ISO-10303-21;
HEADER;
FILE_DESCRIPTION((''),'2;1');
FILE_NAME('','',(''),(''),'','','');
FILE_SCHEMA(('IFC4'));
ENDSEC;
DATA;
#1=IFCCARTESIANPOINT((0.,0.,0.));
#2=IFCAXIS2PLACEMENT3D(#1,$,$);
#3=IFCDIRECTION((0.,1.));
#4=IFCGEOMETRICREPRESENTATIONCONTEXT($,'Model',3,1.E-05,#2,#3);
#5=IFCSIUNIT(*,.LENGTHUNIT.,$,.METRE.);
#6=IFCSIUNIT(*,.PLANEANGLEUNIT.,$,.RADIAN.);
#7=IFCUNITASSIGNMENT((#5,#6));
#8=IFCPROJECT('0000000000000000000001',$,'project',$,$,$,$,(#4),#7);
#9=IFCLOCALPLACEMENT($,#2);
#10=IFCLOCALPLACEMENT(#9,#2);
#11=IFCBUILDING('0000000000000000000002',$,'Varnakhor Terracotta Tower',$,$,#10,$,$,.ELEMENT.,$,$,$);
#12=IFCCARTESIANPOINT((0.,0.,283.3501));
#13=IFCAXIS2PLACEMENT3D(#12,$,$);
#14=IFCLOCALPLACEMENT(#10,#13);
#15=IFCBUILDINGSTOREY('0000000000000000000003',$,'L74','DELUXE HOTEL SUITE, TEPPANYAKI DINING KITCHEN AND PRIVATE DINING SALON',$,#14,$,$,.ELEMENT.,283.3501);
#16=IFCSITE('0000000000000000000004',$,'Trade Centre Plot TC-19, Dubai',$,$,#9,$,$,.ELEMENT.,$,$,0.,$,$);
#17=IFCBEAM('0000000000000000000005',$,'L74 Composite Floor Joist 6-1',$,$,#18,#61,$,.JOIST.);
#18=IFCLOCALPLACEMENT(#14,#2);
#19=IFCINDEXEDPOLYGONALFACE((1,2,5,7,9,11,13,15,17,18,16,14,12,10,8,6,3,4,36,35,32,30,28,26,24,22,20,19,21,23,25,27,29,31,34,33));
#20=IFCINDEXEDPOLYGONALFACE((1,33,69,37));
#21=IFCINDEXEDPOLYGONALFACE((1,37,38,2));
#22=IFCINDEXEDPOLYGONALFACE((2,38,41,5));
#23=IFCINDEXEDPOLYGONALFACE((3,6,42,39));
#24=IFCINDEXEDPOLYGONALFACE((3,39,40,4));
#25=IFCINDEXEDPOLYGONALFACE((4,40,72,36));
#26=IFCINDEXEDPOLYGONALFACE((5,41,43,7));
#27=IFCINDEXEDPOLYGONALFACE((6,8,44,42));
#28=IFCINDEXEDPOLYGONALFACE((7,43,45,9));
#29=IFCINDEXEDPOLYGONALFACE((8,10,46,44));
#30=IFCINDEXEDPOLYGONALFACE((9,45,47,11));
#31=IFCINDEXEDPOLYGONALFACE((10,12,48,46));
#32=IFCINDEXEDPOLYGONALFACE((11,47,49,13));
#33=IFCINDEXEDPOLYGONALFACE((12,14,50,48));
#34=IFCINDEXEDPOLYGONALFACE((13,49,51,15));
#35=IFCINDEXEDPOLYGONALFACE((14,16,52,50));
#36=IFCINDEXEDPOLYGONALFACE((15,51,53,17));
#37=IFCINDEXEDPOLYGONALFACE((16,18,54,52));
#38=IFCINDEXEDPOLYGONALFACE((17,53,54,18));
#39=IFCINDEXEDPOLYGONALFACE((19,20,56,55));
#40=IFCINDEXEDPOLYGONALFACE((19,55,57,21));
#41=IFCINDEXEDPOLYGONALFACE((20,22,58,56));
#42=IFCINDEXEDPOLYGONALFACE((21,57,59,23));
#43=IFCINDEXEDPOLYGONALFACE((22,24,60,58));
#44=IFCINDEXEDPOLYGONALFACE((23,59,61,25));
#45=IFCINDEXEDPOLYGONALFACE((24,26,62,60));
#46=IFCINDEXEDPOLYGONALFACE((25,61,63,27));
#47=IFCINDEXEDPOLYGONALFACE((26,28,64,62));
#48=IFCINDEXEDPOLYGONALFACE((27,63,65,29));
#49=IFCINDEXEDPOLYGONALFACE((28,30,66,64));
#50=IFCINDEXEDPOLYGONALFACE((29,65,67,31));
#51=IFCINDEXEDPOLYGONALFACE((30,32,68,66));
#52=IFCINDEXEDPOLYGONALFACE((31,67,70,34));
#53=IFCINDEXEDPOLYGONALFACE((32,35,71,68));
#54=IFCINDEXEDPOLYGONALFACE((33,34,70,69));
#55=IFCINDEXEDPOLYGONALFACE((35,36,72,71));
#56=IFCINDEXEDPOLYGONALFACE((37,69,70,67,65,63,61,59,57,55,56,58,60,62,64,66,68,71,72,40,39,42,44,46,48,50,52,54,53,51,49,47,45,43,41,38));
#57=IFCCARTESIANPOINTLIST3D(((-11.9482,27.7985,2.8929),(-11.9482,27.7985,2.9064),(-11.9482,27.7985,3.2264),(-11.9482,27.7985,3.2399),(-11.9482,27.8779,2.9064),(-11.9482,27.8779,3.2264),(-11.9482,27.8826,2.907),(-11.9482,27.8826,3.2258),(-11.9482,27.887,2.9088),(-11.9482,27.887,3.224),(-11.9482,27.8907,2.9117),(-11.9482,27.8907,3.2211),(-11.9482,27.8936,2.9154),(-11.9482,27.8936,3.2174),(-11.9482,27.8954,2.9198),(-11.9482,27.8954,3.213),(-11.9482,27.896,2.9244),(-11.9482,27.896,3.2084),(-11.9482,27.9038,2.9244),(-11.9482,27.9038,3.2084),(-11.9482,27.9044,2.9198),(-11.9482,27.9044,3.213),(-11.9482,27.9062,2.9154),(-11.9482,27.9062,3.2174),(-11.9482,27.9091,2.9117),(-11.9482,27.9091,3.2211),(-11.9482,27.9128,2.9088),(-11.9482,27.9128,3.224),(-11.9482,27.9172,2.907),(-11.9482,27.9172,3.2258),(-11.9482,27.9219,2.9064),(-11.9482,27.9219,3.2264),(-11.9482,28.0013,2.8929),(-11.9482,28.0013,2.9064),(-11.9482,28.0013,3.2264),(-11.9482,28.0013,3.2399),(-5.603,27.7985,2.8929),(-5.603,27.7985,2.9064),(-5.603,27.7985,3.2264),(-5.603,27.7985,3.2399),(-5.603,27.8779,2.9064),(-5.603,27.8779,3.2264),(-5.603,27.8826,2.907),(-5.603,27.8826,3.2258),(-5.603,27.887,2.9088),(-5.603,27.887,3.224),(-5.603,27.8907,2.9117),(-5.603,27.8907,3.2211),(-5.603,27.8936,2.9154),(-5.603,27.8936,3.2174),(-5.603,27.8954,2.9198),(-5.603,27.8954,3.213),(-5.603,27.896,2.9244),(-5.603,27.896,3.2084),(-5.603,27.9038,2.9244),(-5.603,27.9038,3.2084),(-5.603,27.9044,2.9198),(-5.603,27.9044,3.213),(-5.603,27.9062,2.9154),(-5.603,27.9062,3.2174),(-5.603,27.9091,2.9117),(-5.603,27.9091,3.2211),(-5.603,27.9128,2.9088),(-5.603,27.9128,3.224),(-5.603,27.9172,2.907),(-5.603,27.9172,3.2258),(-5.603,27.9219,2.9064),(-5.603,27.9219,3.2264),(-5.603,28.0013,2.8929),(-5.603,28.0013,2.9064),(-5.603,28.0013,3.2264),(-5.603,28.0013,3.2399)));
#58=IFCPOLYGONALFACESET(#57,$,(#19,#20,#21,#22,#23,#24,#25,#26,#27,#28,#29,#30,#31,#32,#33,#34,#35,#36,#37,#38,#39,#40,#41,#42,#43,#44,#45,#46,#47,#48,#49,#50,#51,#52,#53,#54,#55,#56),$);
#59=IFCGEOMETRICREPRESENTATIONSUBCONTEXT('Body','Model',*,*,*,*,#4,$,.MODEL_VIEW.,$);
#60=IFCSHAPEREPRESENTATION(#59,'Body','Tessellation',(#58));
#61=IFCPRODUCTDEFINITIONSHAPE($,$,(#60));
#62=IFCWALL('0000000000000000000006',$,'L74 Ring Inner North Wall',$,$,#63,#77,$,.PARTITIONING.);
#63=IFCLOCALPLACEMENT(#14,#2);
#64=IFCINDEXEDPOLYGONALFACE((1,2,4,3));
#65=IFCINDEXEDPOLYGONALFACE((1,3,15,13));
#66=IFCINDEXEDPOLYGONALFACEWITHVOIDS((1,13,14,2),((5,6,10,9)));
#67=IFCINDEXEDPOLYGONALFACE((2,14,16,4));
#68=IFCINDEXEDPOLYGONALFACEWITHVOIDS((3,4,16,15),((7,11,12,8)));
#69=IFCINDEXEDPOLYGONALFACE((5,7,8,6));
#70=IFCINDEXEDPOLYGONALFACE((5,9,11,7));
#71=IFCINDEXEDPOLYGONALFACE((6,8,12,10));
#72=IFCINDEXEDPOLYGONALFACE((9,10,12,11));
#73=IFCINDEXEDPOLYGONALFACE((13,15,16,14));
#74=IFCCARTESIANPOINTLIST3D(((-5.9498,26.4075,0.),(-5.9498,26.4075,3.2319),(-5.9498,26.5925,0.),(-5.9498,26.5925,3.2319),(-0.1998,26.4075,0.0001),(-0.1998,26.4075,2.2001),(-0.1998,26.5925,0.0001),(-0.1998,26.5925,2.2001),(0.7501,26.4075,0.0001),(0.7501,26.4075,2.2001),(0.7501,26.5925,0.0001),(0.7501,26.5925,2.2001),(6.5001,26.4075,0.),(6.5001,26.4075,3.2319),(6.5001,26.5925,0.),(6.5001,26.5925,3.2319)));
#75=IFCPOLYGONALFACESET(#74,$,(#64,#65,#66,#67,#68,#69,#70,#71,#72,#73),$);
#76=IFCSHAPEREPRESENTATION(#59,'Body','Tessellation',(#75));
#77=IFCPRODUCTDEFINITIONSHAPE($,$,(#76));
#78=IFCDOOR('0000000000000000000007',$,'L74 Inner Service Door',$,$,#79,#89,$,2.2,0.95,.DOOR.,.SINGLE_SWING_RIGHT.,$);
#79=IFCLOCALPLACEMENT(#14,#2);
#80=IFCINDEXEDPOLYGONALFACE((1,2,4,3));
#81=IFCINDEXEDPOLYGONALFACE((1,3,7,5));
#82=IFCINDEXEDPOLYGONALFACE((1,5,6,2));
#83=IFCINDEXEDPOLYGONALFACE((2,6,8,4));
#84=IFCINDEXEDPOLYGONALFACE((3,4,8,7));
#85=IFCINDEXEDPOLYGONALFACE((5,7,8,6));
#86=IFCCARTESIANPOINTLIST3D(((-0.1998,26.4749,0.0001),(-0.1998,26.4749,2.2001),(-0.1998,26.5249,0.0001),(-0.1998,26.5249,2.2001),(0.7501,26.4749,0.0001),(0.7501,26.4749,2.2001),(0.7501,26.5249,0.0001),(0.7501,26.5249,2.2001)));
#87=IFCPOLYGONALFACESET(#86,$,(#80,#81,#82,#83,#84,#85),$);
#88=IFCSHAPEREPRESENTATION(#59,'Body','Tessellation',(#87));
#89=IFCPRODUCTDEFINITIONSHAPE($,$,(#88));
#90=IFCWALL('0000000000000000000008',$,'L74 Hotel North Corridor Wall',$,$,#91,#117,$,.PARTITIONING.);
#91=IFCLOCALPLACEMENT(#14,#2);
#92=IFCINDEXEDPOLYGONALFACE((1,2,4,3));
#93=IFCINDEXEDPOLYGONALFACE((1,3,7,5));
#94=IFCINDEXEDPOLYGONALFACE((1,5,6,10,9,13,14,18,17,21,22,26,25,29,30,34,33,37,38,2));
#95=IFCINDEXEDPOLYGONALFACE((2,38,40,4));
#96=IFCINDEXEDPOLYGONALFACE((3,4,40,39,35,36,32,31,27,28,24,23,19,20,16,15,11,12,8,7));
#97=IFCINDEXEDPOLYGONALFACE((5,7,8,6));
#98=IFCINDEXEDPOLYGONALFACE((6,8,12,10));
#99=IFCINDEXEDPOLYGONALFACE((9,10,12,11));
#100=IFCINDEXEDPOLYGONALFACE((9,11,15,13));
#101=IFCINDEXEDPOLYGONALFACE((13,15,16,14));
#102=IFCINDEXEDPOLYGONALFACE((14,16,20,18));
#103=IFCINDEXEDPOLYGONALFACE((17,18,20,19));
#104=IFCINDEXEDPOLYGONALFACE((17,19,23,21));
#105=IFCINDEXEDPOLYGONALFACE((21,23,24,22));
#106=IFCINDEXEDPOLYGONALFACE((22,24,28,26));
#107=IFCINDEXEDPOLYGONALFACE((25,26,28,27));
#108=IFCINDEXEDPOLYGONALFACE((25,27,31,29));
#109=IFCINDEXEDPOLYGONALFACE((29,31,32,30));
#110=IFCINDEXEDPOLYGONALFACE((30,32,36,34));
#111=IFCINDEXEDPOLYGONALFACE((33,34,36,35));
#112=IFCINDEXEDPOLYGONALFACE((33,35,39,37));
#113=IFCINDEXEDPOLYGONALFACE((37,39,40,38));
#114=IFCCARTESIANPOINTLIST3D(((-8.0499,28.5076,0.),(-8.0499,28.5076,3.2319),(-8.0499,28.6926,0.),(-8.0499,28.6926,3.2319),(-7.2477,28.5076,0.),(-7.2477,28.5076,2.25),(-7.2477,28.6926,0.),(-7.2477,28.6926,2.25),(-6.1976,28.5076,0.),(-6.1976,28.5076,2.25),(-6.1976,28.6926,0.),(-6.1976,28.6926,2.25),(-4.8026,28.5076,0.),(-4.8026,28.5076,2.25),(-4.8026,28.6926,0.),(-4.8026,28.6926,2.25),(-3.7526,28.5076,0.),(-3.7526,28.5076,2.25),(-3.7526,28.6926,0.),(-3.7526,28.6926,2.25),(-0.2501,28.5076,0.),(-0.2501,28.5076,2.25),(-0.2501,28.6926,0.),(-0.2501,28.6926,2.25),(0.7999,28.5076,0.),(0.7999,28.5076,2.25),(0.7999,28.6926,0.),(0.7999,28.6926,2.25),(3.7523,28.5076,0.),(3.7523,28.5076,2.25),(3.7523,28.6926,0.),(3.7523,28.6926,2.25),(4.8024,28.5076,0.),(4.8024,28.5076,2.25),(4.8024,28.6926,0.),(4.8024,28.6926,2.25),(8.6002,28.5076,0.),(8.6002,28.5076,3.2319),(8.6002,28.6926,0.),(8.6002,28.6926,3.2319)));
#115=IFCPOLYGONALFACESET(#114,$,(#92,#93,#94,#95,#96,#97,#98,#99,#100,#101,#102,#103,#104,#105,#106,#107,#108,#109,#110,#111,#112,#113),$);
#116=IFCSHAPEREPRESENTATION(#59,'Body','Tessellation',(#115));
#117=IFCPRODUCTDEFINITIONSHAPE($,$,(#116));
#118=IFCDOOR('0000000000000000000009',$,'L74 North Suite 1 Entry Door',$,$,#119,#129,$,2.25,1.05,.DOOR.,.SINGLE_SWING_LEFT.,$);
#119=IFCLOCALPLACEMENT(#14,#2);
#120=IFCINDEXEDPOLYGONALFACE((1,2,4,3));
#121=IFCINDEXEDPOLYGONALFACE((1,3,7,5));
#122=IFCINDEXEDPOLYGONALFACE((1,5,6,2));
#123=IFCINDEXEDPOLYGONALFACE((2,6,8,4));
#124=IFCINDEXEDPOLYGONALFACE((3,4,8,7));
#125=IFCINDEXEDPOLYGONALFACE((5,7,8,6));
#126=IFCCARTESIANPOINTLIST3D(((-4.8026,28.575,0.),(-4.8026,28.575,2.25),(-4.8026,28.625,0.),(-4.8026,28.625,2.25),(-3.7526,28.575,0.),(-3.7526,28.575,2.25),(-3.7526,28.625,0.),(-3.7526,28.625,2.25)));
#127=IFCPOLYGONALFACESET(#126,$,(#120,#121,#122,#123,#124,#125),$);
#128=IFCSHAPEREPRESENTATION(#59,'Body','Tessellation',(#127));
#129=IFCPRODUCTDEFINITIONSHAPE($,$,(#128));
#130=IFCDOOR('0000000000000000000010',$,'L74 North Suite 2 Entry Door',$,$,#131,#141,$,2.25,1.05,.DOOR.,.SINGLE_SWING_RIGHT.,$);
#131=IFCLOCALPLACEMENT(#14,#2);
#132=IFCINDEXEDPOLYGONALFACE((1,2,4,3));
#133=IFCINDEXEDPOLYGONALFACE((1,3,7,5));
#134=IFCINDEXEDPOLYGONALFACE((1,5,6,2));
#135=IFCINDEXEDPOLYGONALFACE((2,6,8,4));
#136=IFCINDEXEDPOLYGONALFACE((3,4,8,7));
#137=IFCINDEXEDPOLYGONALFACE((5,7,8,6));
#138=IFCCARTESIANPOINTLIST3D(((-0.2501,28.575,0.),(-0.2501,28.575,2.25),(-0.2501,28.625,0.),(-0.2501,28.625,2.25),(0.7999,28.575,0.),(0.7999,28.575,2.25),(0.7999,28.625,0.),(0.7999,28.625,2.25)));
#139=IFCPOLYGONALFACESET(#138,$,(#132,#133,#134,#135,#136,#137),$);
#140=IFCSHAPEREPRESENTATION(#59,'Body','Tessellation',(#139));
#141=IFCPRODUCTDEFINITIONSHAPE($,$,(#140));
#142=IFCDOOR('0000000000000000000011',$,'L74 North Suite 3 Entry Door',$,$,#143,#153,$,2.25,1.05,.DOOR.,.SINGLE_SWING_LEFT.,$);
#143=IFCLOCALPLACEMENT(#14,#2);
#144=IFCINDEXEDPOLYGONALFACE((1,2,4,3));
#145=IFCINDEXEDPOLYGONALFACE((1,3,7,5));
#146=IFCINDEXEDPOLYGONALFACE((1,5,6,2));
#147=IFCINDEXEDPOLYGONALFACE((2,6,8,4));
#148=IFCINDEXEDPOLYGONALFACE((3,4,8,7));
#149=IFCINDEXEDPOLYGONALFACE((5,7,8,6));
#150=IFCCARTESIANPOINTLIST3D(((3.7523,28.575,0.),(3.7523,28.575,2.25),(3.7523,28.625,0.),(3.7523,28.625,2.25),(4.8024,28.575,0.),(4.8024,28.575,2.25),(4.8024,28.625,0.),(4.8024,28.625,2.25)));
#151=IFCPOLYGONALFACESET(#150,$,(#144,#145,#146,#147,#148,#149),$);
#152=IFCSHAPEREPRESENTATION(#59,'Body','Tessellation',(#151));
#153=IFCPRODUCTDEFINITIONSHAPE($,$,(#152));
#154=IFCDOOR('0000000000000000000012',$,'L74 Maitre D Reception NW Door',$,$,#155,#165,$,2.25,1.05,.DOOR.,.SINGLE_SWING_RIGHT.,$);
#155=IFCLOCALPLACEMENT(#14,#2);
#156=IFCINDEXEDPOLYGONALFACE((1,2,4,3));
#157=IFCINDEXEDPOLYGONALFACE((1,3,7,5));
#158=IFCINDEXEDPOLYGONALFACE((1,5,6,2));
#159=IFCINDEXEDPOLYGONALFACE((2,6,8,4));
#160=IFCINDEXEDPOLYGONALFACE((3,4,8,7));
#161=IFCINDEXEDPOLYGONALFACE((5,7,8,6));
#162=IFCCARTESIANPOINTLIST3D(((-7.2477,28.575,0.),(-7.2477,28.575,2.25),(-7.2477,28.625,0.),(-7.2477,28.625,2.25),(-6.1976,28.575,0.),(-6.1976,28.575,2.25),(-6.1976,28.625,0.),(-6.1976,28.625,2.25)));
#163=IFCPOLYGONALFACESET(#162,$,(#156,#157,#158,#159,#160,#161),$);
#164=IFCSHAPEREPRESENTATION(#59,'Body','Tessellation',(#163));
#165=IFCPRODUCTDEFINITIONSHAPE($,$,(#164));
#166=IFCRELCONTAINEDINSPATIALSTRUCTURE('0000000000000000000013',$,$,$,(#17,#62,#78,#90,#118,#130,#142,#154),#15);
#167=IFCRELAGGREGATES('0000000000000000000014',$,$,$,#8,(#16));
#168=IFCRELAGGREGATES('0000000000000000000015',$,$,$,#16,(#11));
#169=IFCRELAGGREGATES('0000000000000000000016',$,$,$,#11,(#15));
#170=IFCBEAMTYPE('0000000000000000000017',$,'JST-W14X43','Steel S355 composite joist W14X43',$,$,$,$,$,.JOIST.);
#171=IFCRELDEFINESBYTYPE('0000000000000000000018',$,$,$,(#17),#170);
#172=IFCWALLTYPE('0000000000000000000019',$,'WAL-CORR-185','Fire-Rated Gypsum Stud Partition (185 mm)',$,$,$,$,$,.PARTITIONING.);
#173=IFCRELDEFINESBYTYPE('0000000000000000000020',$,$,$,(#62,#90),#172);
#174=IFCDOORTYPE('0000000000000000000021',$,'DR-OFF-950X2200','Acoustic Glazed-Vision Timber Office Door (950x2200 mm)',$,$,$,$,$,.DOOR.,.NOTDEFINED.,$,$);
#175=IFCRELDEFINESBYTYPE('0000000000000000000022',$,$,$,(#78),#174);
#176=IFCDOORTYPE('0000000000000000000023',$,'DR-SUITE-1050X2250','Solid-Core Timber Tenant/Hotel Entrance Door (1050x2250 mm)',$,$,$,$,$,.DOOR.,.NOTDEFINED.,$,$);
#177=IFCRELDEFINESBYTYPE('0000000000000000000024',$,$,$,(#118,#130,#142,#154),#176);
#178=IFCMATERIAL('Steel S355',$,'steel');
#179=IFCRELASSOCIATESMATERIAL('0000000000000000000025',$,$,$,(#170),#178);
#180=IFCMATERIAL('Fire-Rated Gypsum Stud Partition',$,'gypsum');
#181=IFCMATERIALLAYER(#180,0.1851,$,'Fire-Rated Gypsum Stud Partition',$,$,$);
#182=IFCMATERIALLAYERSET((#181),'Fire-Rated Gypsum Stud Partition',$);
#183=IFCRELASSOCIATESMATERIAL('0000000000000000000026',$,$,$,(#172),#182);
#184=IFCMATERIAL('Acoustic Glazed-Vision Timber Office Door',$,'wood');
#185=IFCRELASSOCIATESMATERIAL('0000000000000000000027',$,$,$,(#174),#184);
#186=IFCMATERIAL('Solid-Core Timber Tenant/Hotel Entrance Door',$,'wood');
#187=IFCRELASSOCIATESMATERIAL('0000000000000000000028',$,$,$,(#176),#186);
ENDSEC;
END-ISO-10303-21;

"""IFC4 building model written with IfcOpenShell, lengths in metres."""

from ifc_helpers import new_model, si_unit, direction, frame, frame_2d, origin, origin_2d, place, context, subcontext, project, spatial, rectangle, i_section, extrude, source, transform, mapped, material, layer, layer_set, material_profile, profile_set, type_object, type_shapes, element, fill, save


model = new_model("IFC4")

# Units and contexts
model_context = context("Model", 3, precision=1e-05, world=origin(), true_north=direction((0.0, 1.0)))
body_context = subcontext(model_context, "Body", "Model", "MODEL_VIEW")
ifc_project = project(units=[si_unit("LENGTHUNIT", "METRE"), si_unit("PLANEANGLEUNIT", "RADIAN")], contexts=[model_context])

# Site, building, storey
site_placement = place(None, origin())
site = spatial("IfcSite", under=ifc_project, at=site_placement, Name="Trade Centre Plot TC-19, Dubai", CompositionType="ELEMENT", RefElevation=0.0)
building_placement = place(site_placement, origin())
building = spatial("IfcBuilding", under=site, at=building_placement, Name="Varnakhor Terracotta Tower", CompositionType="ELEMENT")
storey_placement = place(building_placement, frame((0.0, 0.0, 283.3501)))
storey = spatial("IfcBuildingStorey", under=building, at=storey_placement, Name="L74", Description="DELUXE HOTEL SUITE, TEPPANYAKI DINING KITCHEN AND PRIVATE DINING SALON", CompositionType="ELEMENT", Elevation=283.3501)

# Beam
ifc_material_1 = material(Name="Steel S355", Category="steel")
ifc_material_profile_1 = material_profile(ifc_material_1, i_section(OverallWidth=0.2029, OverallDepth=0.3469, WebThickness=0.0078, FlangeThickness=0.0134, FilletRadius=0.0181, at=origin_2d()), Name="W14X43")
ifc_profile_set_1 = profile_set([ifc_material_profile_1], Name="Steel S355")
beam_type_1 = type_object("IfcBeamType", Name="JST-W14X43", Description="Steel S355 composite joist W14X43", PredefinedType="JOIST", material=ifc_profile_set_1)
shared_shape_1 = source(origin(), body_context, "Body", "SweptSolid", [
    extrude(i_section(OverallWidth=0.2029, OverallDepth=0.3469, WebThickness=0.0078, FlangeThickness=0.0134, FilletRadius=0.0181, at=origin_2d()), origin(), (0.0, 0.0, 1.0), 6.3452),
])
beam_1_placement = place(storey_placement, frame((-11.9482, 27.8999, 3.0664), z_axis=(1.0, 0.0, 0.0), x_axis=(0.0, 1.0, 0.0)))
element("IfcBeam", 1, at=beam_1_placement, inside=storey, type_object=beam_type_1, Name="L74 Composite Floor Joist 6-1", PredefinedType="JOIST", context=body_context, shape_type="MappedRepresentation", body=[
    mapped(shared_shape_1, transform((0.0, 0.0, 0.0), scale=1.0)),
])

# Wall, opening, door
ifc_material_2 = material(Name="Fire-Rated Gypsum Stud Partition", Category="gypsum")
ifc_layer_1 = layer(ifc_material_2, 0.1851, Name="Fire-Rated Gypsum Stud Partition")
ifc_layer_set_1 = layer_set([ifc_layer_1], Name="Fire-Rated Gypsum Stud Partition")
wall_type_1 = type_object("IfcWallType", Name="WAL-CORR-185", Description="Fire-Rated Gypsum Stud Partition (185 mm)", PredefinedType="PARTITIONING", material=ifc_layer_set_1)
wall_1_placement = place(storey_placement, frame((-5.95, 26.5, 0.0), z_axis=(0.0, 0.0, 1.0), x_axis=(1.0, 0.0, 0.0)))
wall_1 = element("IfcWall", 2, at=wall_1_placement, inside=storey, type_object=wall_type_1, Name="L74 Ring Inner North Wall", PredefinedType="PARTITIONING", context=body_context, shape_type="SweptSolid", body=[
    extrude(rectangle(XDim=12.45, YDim=0.1851, at=frame_2d((6.2251, 0.0))), origin(), (0.0, 0.0, 1.0), 3.2319),
])
opening_1_placement = place(wall_1_placement, frame((5.75, 0.0, 0.0)))
opening_1 = element("IfcOpeningElement", 3, at=opening_1_placement, cuts=wall_1, PredefinedType="OPENING", context=body_context, shape_type="SweptSolid", body=[
    extrude(rectangle(XDim=0.95, YDim=2.2, at=frame_2d((0.4751, 1.1001))), frame((0.0, 0.1025, 0.0), z_axis=(0.0, -1.0, 0.0), x_axis=(1.0, 0.0, 0.0)), (0.0, 0.0, 1.0), 0.2051),
])
ifc_material_3 = material(Name="Acoustic Glazed-Vision Timber Office Door", Category="wood")
door_type_1 = type_object("IfcDoorType", Name="DR-OFF-950X2200", Description="Acoustic Glazed-Vision Timber Office Door (950x2200 mm)", OperationType="NOTDEFINED", PredefinedType="DOOR", material=ifc_material_3)
shared_shape_2 = source(origin(), body_context, "Body", "SweptSolid", [
    extrude(rectangle(XDim=0.95, YDim=2.2, at=frame_2d((0.4751, 1.1001))), frame((0.0, 0.0249, 0.0), z_axis=(0.0, -1.0, 0.0), x_axis=(1.0, 0.0, 0.0)), (0.0, 0.0, 1.0), 0.05),
])
type_shapes(door_type_1, [shared_shape_2])
door_1_placement = place(opening_1_placement, origin())
door_1 = element("IfcDoor", 4, at=door_1_placement, inside=storey, type_object=door_type_1, Name="L74 Inner Service Door", OperationType="SINGLE_SWING_RIGHT", OverallHeight=2.2, OverallWidth=0.95, PredefinedType="DOOR", context=body_context, shape_type="MappedRepresentation", body=[
    mapped(shared_shape_2, transform((0.0, 0.0, 0.0), scale=1.0)),
])
fill(opening_1, door_1)

# Wall, openings, doors
wall_2_placement = place(storey_placement, frame((-8.05, 28.6001, 0.0), z_axis=(0.0, 0.0, 1.0), x_axis=(1.0, 0.0, 0.0)))
wall_2 = element("IfcWall", 5, at=wall_2_placement, inside=storey, type_object=wall_type_1, Name="L74 Hotel North Corridor Wall", PredefinedType="PARTITIONING", context=body_context, shape_type="SweptSolid", body=[
    extrude(rectangle(XDim=16.6501, YDim=0.1851, at=frame_2d((8.3252, 0.0))), origin(), (0.0, 0.0, 1.0), 3.2319),
])
opening_2_placement = place(wall_2_placement, frame((3.2476, 0.0, 0.0)))
opening_2 = element("IfcOpeningElement", 6, at=opening_2_placement, cuts=wall_2, PredefinedType="OPENING", context=body_context, shape_type="SweptSolid", body=[
    extrude(rectangle(XDim=1.05, YDim=2.25, at=frame_2d((0.5249, 1.125))), frame((0.0, 0.1025, 0.0), z_axis=(0.0, -1.0, 0.0), x_axis=(1.0, 0.0, 0.0)), (0.0, 0.0, 1.0), 0.2051),
])
opening_3_placement = place(wall_2_placement, frame((7.8, 0.0, 0.0)))
opening_3 = element("IfcOpeningElement", 7, at=opening_3_placement, cuts=wall_2, PredefinedType="OPENING", context=body_context, shape_type="SweptSolid", body=[
    extrude(rectangle(XDim=1.05, YDim=2.25, at=frame_2d((0.5249, 1.125))), frame((0.0, 0.1025, 0.0), z_axis=(0.0, -1.0, 0.0), x_axis=(1.0, 0.0, 0.0)), (0.0, 0.0, 1.0), 0.2051),
])
opening_4_placement = place(wall_2_placement, frame((11.8025, 0.0, 0.0)))
opening_4 = element("IfcOpeningElement", 8, at=opening_4_placement, cuts=wall_2, PredefinedType="OPENING", context=body_context, shape_type="SweptSolid", body=[
    extrude(rectangle(XDim=1.05, YDim=2.25, at=frame_2d((0.5249, 1.125))), frame((0.0, 0.1025, 0.0), z_axis=(0.0, -1.0, 0.0), x_axis=(1.0, 0.0, 0.0)), (0.0, 0.0, 1.0), 0.2051),
])
opening_5_placement = place(wall_2_placement, frame((0.8025, 0.0, 0.0)))
opening_5 = element("IfcOpeningElement", 9, at=opening_5_placement, cuts=wall_2, PredefinedType="OPENING", context=body_context, shape_type="SweptSolid", body=[
    extrude(rectangle(XDim=1.05, YDim=2.25, at=frame_2d((0.5249, 1.125))), frame((0.0, 0.1025, 0.0), z_axis=(0.0, -1.0, 0.0), x_axis=(1.0, 0.0, 0.0)), (0.0, 0.0, 1.0), 0.2051),
])
ifc_material_4 = material(Name="Solid-Core Timber Tenant/Hotel Entrance Door", Category="wood")
door_type_2 = type_object("IfcDoorType", Name="DR-SUITE-1050X2250", Description="Solid-Core Timber Tenant/Hotel Entrance Door (1050x2250 mm)", OperationType="NOTDEFINED", PredefinedType="DOOR", material=ifc_material_4)
shared_shape_3 = source(origin(), body_context, "Body", "SweptSolid", [
    extrude(rectangle(XDim=1.05, YDim=2.25, at=frame_2d((0.5249, 1.125))), frame((0.0, 0.0249, 0.0), z_axis=(0.0, -1.0, 0.0), x_axis=(1.0, 0.0, 0.0)), (0.0, 0.0, 1.0), 0.05),
])
type_shapes(door_type_2, [shared_shape_3])
door_2_placement = place(opening_2_placement, origin())
door_2 = element("IfcDoor", 10, at=door_2_placement, inside=storey, type_object=door_type_2, Name="L74 North Suite 1 Entry Door", OperationType="SINGLE_SWING_LEFT", OverallHeight=2.25, OverallWidth=1.05, PredefinedType="DOOR", context=body_context, shape_type="MappedRepresentation", body=[
    mapped(shared_shape_3, transform((0.0, 0.0, 0.0), scale=1.0)),
])
fill(opening_2, door_2)
door_3_placement = place(opening_3_placement, origin())
door_3 = element("IfcDoor", 11, at=door_3_placement, inside=storey, type_object=door_type_2, Name="L74 North Suite 2 Entry Door", OperationType="SINGLE_SWING_RIGHT", OverallHeight=2.25, OverallWidth=1.05, PredefinedType="DOOR", context=body_context, shape_type="MappedRepresentation", body=[
    mapped(shared_shape_3, transform((0.0, 0.0, 0.0), scale=1.0)),
])
fill(opening_3, door_3)
door_4_placement = place(opening_4_placement, origin())
door_4 = element("IfcDoor", 12, at=door_4_placement, inside=storey, type_object=door_type_2, Name="L74 North Suite 3 Entry Door", OperationType="SINGLE_SWING_LEFT", OverallHeight=2.25, OverallWidth=1.05, PredefinedType="DOOR", context=body_context, shape_type="MappedRepresentation", body=[
    mapped(shared_shape_3, transform((0.0, 0.0, 0.0), scale=1.0)),
])
fill(opening_4, door_4)
door_5_placement = place(opening_5_placement, origin())
door_5 = element("IfcDoor", 13, at=door_5_placement, inside=storey, type_object=door_type_2, Name="L74 Maitre D Reception NW Door", OperationType="SINGLE_SWING_RIGHT", OverallHeight=2.25, OverallWidth=1.05, PredefinedType="DOOR", context=body_context, shape_type="MappedRepresentation", body=[
    mapped(shared_shape_3, transform((0.0, 0.0, 0.0), scale=1.0)),
])
fill(opening_5, door_5)

save(model, "model.ifc")
